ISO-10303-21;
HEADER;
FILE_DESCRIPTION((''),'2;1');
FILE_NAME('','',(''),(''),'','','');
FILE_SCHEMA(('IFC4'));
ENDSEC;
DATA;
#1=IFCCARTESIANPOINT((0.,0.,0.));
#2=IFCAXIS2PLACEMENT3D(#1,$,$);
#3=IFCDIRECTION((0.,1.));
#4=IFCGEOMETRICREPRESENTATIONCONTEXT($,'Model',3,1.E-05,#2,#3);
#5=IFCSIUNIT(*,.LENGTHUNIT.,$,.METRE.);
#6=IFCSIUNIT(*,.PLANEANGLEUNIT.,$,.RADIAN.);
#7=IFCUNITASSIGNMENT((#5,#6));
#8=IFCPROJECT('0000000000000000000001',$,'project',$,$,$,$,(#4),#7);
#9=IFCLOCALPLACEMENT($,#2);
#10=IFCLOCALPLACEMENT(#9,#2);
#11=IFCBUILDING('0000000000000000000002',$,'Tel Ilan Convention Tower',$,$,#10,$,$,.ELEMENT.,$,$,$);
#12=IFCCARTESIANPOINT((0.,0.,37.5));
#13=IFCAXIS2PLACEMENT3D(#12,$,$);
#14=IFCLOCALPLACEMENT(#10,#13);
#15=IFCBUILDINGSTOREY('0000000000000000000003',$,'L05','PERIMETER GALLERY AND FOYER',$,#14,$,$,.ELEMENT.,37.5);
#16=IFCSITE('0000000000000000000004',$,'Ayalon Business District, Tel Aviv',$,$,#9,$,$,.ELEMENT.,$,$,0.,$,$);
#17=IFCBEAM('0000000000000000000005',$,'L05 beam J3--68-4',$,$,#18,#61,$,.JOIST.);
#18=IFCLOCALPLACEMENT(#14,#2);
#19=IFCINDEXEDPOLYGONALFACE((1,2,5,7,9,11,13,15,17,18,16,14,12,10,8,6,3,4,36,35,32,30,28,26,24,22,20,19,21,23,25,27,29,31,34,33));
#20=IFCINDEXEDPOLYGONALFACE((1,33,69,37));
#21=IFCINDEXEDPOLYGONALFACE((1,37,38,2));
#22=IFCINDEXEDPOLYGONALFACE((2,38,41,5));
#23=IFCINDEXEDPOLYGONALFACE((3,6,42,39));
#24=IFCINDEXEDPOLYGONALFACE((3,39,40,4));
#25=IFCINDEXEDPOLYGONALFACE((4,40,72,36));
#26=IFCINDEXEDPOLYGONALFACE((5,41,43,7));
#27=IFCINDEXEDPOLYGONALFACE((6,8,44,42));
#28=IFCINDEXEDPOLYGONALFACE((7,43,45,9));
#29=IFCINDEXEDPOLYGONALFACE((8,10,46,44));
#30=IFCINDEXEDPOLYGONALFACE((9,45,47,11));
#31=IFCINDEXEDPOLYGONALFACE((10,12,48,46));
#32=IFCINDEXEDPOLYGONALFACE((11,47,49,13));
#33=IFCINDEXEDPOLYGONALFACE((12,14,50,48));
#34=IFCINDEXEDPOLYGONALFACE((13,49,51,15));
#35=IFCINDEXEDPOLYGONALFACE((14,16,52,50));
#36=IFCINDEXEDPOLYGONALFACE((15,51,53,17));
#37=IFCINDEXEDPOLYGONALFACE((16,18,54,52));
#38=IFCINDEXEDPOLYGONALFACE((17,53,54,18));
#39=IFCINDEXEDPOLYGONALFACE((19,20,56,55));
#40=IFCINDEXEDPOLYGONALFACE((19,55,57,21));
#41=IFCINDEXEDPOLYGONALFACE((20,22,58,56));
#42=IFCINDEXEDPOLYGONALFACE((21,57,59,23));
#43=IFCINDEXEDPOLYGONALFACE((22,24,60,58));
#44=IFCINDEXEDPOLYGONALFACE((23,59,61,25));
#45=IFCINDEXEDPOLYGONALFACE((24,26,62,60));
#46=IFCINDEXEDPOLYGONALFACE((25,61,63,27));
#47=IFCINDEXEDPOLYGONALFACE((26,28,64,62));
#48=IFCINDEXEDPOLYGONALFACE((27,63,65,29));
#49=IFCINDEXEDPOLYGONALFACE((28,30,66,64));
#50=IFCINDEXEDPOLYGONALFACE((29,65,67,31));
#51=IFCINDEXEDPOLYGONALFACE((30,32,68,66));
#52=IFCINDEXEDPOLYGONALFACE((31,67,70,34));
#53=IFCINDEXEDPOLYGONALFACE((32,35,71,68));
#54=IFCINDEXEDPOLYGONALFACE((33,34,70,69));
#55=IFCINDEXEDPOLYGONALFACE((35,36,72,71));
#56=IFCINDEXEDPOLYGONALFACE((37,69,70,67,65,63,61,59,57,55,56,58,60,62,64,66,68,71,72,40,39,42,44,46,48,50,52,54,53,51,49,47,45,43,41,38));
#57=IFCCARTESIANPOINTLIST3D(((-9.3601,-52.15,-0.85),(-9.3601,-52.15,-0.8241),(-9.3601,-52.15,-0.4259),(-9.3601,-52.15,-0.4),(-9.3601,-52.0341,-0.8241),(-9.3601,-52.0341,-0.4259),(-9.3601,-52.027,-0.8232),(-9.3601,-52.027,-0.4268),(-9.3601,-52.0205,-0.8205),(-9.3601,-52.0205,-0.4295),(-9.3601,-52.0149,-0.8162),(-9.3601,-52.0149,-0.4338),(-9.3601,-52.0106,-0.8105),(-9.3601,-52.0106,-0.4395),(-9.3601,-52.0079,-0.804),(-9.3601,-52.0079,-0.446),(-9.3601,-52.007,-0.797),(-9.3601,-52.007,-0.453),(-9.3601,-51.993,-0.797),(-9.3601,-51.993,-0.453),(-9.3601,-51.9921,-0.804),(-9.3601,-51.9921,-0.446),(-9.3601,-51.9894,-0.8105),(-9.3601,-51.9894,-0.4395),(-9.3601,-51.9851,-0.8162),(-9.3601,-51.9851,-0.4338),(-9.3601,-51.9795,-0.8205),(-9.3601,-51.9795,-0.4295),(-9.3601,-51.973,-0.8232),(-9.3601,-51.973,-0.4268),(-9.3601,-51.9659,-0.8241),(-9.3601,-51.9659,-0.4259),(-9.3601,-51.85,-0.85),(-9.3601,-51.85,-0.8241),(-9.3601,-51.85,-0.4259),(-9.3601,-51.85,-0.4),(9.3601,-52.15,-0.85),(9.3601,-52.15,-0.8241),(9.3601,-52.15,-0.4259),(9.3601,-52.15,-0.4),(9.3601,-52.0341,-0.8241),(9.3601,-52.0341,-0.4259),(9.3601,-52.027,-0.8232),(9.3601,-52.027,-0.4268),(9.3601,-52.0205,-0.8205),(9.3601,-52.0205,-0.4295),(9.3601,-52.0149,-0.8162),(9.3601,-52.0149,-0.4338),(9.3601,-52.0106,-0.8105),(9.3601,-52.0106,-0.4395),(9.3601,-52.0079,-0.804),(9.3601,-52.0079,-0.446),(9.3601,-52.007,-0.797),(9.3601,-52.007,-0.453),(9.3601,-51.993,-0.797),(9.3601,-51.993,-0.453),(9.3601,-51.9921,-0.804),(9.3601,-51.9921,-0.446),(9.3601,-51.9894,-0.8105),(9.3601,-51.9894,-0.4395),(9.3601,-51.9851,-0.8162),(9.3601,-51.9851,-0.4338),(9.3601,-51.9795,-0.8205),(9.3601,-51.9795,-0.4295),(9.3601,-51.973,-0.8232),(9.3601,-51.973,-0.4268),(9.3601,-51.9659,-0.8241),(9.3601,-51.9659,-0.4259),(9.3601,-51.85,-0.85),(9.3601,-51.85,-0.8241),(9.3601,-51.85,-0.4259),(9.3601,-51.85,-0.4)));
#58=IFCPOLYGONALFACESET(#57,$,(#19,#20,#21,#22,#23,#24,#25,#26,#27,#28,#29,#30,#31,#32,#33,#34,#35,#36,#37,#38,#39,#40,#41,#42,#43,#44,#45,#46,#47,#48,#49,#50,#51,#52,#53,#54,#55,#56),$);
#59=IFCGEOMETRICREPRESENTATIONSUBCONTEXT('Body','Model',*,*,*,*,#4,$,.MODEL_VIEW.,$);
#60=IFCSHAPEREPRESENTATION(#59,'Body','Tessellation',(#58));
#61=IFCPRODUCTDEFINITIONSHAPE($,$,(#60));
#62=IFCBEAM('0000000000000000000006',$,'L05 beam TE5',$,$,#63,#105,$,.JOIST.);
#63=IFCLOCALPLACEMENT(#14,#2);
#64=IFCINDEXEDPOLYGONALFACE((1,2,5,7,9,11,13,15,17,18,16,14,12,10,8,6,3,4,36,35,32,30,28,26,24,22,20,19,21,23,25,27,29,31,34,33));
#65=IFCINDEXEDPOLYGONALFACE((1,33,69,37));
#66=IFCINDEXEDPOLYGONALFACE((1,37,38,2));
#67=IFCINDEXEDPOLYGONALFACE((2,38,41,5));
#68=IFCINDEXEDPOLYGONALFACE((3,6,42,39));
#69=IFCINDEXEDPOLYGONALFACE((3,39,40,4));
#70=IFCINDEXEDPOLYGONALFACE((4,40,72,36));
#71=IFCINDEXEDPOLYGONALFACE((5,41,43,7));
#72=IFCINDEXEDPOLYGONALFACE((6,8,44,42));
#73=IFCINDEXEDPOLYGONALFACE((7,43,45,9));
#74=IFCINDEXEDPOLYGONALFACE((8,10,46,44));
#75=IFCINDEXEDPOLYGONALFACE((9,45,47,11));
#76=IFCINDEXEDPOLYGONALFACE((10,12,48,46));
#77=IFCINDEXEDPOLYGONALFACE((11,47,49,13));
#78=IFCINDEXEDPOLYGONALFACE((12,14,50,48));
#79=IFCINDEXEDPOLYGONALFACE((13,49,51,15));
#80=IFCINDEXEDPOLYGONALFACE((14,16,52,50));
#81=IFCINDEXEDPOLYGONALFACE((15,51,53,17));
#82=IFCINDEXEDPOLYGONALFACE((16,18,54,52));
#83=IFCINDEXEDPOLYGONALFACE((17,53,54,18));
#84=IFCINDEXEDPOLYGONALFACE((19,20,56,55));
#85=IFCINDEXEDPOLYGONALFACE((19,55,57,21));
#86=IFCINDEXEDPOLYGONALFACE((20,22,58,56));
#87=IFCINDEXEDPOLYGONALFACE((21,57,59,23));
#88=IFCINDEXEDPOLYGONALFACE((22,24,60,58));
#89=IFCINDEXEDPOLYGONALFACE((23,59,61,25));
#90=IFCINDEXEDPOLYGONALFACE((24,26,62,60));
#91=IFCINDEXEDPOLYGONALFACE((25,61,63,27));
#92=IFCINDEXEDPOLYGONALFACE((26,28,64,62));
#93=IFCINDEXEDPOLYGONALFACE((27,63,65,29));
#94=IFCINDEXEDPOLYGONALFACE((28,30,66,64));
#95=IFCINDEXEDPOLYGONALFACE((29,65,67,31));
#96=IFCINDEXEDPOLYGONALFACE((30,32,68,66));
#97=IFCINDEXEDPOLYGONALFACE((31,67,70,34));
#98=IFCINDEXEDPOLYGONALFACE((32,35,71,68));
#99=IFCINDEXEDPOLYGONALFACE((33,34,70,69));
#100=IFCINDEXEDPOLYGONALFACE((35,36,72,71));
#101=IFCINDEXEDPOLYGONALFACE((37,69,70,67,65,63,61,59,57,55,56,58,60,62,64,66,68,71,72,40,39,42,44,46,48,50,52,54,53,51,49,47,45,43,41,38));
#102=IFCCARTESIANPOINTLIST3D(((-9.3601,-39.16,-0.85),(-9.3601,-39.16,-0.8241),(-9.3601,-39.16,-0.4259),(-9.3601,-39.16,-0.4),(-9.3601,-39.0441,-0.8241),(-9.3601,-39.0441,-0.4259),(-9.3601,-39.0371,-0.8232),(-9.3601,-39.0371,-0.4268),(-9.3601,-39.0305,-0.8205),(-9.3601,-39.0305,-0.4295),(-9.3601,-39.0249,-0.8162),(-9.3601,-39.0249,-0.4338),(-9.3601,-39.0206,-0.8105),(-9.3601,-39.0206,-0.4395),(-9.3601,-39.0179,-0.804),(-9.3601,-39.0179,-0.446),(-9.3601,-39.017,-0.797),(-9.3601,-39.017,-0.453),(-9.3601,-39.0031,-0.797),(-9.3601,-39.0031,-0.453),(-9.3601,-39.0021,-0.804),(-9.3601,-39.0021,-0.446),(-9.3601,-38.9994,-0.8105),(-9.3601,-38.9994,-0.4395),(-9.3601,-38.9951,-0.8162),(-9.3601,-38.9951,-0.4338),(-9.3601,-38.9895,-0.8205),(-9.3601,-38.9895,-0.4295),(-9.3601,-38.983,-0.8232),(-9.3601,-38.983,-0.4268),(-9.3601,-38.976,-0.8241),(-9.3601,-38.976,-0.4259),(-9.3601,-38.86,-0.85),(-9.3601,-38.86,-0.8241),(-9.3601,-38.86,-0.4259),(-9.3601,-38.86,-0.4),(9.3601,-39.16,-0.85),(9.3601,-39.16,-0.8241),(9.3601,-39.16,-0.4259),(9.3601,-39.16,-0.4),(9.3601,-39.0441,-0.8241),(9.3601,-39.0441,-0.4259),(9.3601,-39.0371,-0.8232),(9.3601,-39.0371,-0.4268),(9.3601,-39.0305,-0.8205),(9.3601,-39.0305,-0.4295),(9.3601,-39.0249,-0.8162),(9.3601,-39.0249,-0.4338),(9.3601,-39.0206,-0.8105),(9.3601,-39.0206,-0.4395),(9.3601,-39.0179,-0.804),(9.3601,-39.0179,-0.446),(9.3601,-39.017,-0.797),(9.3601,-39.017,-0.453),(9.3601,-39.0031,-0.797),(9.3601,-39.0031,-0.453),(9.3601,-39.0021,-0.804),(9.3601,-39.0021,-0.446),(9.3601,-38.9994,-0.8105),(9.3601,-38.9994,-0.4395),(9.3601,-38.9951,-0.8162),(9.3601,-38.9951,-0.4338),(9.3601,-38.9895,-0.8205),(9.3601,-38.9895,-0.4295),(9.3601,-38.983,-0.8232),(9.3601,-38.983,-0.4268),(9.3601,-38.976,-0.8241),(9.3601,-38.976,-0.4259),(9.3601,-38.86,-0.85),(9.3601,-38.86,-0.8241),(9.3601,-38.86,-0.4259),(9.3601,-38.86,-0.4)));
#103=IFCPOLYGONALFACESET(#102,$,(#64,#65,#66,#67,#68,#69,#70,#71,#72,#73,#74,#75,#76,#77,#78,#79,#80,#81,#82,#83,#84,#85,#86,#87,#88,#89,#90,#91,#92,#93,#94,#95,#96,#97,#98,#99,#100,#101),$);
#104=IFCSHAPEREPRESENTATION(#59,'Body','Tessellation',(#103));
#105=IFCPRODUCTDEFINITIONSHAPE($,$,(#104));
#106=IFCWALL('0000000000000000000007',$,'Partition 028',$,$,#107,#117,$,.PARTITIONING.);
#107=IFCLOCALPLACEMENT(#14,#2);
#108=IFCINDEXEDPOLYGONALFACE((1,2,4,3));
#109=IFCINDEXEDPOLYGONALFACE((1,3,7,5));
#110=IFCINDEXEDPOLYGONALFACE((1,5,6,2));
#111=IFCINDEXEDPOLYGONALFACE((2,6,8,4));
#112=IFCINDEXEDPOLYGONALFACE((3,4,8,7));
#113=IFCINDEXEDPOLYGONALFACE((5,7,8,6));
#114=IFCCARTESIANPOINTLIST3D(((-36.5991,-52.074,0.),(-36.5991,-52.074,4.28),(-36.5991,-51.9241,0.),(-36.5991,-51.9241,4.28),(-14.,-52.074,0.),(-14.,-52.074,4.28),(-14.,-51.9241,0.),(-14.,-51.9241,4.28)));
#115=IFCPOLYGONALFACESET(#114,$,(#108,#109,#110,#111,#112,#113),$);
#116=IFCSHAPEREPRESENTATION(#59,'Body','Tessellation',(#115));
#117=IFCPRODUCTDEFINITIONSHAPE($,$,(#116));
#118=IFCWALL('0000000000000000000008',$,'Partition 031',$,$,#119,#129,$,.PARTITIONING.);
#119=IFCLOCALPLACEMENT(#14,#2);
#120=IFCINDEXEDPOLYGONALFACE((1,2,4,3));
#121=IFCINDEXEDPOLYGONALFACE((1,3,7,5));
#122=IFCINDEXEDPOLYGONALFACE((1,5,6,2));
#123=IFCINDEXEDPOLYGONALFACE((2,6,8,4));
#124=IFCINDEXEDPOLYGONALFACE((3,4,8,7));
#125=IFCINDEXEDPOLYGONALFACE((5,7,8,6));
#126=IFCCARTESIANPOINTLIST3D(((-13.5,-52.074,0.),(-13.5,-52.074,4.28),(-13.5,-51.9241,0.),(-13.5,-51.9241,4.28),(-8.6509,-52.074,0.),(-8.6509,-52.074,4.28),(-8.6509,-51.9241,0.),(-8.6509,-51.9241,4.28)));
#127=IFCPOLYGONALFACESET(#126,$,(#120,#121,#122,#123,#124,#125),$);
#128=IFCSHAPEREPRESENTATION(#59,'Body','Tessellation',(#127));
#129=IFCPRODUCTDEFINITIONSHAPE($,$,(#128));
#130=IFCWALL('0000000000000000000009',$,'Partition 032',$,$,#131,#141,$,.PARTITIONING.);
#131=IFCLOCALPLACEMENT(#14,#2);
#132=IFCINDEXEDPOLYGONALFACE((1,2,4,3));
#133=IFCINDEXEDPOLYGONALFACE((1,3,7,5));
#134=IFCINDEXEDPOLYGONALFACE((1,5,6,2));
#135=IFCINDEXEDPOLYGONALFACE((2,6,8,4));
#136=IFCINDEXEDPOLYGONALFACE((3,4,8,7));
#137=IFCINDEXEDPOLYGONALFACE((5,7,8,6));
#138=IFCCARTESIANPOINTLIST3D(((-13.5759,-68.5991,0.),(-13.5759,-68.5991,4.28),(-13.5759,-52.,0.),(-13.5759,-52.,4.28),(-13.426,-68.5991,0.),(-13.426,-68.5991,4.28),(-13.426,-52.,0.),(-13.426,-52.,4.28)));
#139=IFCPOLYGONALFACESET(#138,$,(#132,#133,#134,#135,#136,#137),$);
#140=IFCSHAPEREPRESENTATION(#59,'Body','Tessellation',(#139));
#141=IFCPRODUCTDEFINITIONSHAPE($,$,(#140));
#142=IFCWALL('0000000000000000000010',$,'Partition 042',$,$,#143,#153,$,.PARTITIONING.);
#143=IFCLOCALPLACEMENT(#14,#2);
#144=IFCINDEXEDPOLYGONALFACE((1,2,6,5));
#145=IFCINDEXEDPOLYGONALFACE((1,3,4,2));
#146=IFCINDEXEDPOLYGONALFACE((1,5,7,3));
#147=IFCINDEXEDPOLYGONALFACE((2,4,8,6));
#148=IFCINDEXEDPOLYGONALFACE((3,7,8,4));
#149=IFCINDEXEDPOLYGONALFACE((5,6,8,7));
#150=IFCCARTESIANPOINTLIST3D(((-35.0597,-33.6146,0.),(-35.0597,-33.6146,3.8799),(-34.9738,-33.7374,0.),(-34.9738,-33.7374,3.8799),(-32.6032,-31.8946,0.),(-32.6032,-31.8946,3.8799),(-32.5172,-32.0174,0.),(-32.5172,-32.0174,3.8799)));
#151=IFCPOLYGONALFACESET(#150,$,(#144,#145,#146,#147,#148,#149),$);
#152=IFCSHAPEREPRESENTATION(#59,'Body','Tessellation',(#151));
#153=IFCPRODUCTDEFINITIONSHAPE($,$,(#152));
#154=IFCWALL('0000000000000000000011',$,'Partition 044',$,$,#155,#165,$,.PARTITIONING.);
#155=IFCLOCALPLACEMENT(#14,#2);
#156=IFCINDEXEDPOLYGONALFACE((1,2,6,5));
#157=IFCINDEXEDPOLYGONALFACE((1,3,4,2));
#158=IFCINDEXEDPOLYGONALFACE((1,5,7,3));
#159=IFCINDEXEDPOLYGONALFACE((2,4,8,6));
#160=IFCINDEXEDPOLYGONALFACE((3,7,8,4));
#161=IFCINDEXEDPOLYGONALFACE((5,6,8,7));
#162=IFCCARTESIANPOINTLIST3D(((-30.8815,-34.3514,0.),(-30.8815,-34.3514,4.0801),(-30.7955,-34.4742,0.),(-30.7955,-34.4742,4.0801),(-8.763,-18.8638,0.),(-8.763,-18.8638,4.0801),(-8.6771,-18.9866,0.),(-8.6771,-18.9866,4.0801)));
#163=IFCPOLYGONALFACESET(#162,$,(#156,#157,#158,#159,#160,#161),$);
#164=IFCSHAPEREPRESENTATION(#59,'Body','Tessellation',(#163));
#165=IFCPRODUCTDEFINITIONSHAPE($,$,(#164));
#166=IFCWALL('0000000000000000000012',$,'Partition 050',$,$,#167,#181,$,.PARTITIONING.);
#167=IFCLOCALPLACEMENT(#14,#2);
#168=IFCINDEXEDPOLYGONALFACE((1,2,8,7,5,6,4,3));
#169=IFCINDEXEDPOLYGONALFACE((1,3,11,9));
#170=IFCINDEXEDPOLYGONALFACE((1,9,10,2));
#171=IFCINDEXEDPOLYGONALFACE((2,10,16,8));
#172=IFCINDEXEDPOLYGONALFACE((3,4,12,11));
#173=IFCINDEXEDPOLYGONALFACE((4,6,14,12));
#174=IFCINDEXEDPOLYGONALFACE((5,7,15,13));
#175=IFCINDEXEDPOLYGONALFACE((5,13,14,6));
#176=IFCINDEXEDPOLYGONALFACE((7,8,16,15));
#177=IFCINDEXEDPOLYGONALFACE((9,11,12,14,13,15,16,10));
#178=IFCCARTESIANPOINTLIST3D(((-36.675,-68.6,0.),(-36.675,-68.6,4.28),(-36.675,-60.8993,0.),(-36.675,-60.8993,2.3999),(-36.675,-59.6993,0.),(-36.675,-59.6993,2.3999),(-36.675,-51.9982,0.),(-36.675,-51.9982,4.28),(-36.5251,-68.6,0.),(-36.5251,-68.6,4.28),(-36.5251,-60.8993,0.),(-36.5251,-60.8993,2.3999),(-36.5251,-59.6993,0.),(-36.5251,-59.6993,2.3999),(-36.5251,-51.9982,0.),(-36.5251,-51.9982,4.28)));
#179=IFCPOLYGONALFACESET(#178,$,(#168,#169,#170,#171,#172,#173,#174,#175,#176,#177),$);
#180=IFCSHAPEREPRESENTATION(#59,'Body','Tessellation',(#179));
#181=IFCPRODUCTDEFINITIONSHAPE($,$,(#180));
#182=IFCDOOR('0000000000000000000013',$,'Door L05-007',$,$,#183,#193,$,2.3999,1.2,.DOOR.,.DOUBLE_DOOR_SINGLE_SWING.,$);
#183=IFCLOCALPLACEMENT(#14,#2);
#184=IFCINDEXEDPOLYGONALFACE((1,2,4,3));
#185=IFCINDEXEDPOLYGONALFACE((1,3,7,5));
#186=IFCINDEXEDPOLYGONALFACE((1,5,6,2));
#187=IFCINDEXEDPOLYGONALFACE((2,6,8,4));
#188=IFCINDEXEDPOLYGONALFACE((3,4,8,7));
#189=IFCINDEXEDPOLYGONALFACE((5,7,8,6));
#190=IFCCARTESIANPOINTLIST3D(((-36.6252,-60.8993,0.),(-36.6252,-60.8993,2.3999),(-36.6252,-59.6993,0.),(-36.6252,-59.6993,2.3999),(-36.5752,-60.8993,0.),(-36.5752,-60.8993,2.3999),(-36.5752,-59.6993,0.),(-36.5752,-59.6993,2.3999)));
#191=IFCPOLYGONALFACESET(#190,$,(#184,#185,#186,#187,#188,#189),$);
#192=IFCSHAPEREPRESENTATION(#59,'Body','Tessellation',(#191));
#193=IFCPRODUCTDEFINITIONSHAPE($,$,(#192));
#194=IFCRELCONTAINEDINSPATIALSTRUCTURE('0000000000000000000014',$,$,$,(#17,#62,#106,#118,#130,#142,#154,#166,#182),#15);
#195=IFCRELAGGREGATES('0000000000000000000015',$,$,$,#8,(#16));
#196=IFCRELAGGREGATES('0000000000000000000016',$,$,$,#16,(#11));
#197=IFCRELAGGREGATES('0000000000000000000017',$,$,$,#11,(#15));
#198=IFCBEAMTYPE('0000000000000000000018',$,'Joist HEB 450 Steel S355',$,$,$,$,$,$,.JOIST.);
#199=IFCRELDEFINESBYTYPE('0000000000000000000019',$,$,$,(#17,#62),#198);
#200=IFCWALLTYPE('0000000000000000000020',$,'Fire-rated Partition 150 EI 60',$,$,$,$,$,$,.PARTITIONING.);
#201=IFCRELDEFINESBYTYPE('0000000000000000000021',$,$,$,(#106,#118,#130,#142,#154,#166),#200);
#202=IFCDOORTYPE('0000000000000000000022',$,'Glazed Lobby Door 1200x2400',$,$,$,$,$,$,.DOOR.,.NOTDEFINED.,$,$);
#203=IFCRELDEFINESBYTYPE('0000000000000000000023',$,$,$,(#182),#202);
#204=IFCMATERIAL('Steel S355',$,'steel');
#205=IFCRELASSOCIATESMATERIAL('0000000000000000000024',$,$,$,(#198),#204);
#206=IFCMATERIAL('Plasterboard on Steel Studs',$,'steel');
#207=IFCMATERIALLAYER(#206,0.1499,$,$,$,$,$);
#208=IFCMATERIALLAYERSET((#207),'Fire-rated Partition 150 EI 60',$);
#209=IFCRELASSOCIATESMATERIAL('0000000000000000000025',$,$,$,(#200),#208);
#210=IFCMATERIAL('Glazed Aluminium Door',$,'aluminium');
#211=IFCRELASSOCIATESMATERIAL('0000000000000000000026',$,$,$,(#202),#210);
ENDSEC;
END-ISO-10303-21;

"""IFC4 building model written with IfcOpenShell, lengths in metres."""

from ifc_helpers import new_model, si_unit, direction, frame, frame_2d, origin, origin_2d, place, context, subcontext, project, spatial, rectangle, i_section, extrude, material, layer, layer_set, material_profile, profile_set, type_object, element, fill, save


model = new_model("IFC4")

# Units and contexts
model_context = context("Model", 3, precision=1e-05, world=origin(), true_north=direction((0.0, 1.0)))
body_context = subcontext(model_context, "Body", "Model", "MODEL_VIEW")
ifc_project = project(units=[si_unit("LENGTHUNIT", "METRE"), si_unit("PLANEANGLEUNIT", "RADIAN")], contexts=[model_context])

# Site, building, storey
site_placement = place(None, origin())
site = spatial("IfcSite", under=ifc_project, at=site_placement, Name="Ayalon Business District, Tel Aviv", CompositionType="ELEMENT", RefElevation=0.0)
building_placement = place(site_placement, origin())
building = spatial("IfcBuilding", under=site, at=building_placement, Name="Tel Ilan Convention Tower", CompositionType="ELEMENT")
storey_placement = place(building_placement, frame((0.0, 0.0, 37.5)))
storey = spatial("IfcBuildingStorey", under=building, at=storey_placement, Name="L05", Description="PERIMETER GALLERY AND FOYER", CompositionType="ELEMENT", Elevation=37.5)

# Beams
ifc_material_1 = material(Name="Steel S355", Category="steel")
ifc_material_profile_1 = material_profile(ifc_material_1, i_section(OverallWidth=0.3, OverallDepth=0.45, WebThickness=0.0139, FlangeThickness=0.0259, FilletRadius=0.0271, at=origin_2d()), Name="HEB 450")
ifc_profile_set_1 = profile_set([ifc_material_profile_1], Name="Steel S355")
beam_type_1 = type_object("IfcBeamType", Name="Joist HEB 450 Steel S355", PredefinedType="JOIST", material=ifc_profile_set_1)
for number, where, z_axis, x_axis, name in (
    (1, (-9.3601, -52.0, -0.625), (1.0, 0.0, 0.0), (0.0, 1.0, 0.0), "L05 beam J3--68-4"),
    (2, (-9.3601, -39.01, -0.625), (1.0, 0.0, 0.0), (0.0, 1.0, 0.0), "L05 beam TE5"),
):
    element("IfcBeam", number, at=place(storey_placement, frame(where, z_axis=z_axis, x_axis=x_axis)), inside=storey, type_object=beam_type_1, Name=name, PredefinedType="JOIST", context=body_context, shape_type="SweptSolid", body=[
        extrude(i_section(OverallWidth=0.3, OverallDepth=0.45, WebThickness=0.0139, FlangeThickness=0.0259, FilletRadius=0.0271, at=origin_2d()), origin(), (0.0, 0.0, 1.0), 18.7202),
    ])

# Walls
ifc_material_2 = material(Name="Plasterboard on Steel Studs", Category="steel")
ifc_layer_1 = layer(ifc_material_2, 0.1499)
ifc_layer_set_1 = layer_set([ifc_layer_1], Name="Fire-rated Partition 150 EI 60")
wall_type_1 = type_object("IfcWallType", Name="Fire-rated Partition 150 EI 60", PredefinedType="PARTITIONING", material=ifc_layer_set_1)
wall_1_placement = place(storey_placement, frame((-14.0, -51.999, 0.0), z_axis=(0.0, 0.0, 1.0), x_axis=(-1.0, 0.0, 0.0)))
element("IfcWall", 3, at=wall_1_placement, inside=storey, type_object=wall_type_1, Name="Partition 028", PredefinedType="PARTITIONING", context=body_context, shape_type="SweptSolid", body=[
    extrude(rectangle(XDim=22.5991, YDim=0.1499, at=frame_2d((11.2996, 0.0))), origin(), (0.0, 0.0, 1.0), 4.28),
])
wall_2_placement = place(storey_placement, frame((-8.6509, -51.999, 0.0), z_axis=(0.0, 0.0, 1.0), x_axis=(-1.0, 0.0, 0.0)))
element("IfcWall", 4, at=wall_2_placement, inside=storey, type_object=wall_type_1, Name="Partition 031", PredefinedType="PARTITIONING", context=body_context, shape_type="SweptSolid", body=[
    extrude(rectangle(XDim=4.8491, YDim=0.1499, at=frame_2d((2.4246, 0.0))), origin(), (0.0, 0.0, 1.0), 4.28),
])
wall_3_placement = place(storey_placement, frame((-13.501, -52.0, 0.0), z_axis=(0.0, 0.0, 1.0), x_axis=(0.0, -1.0, 0.0)))
element("IfcWall", 5, at=wall_3_placement, inside=storey, type_object=wall_type_1, Name="Partition 032", PredefinedType="PARTITIONING", context=body_context, shape_type="SweptSolid", body=[
    extrude(rectangle(XDim=16.5991, YDim=0.1499, at=frame_2d((8.2996, 0.0))), origin(), (0.0, 0.0, 1.0), 4.28),
])
wall_4_placement = place(storey_placement, frame((-35.0168, -33.676, 0.0), z_axis=(0.0, 0.0, 1.0), x_axis=(0.819171, 0.57355, 0.0)))
element("IfcWall", 6, at=wall_4_placement, inside=storey, type_object=wall_type_1, Name="Partition 042", PredefinedType="PARTITIONING", context=body_context, shape_type="SweptSolid", body=[
    extrude(rectangle(XDim=2.9988, YDim=0.1499, at=frame_2d((1.4995, 0.0))), origin(), (0.0, 0.0, 1.0), 3.8799),
])
wall_5_placement = place(storey_placement, frame((-30.8386, -34.4128, 0.0), z_axis=(0.0, 0.0, 1.0), x_axis=(0.819151, 0.573578, 0.0)))
element("IfcWall", 7, at=wall_5_placement, inside=storey, type_object=wall_type_1, Name="Partition 044", PredefinedType="PARTITIONING", context=body_context, shape_type="SweptSolid", body=[
    extrude(rectangle(XDim=27.0017, YDim=0.1499, at=frame_2d((13.501, 0.0))), origin(), (0.0, 0.0, 1.0), 4.0801),
])

# Wall, opening, door
wall_6_placement = place(storey_placement, frame((-36.6001, -51.9983, 0.0), z_axis=(0.0, 0.0, 1.0), x_axis=(0.0, -1.0, 0.0)))
wall_6 = element("IfcWall", 8, at=wall_6_placement, inside=storey, type_object=wall_type_1, Name="Partition 050", PredefinedType="PARTITIONING", context=body_context, shape_type="SweptSolid", body=[
    extrude(rectangle(XDim=16.6018, YDim=0.1499, at=frame_2d((8.3008, 0.0))), origin(), (0.0, 0.0, 1.0), 4.28),
])
opening_1_placement = place(wall_6_placement, frame((7.7009, 0.0, 0.0)))
opening_1 = element("IfcOpeningElement", 9, at=opening_1_placement, cuts=wall_6, PredefinedType="OPENING", context=body_context, shape_type="SweptSolid", body=[
    extrude(rectangle(XDim=1.2, YDim=2.3999, at=frame_2d((0.6001, 1.2))), frame((0.0, 0.085, 0.0), z_axis=(0.0, -1.0, 0.0), x_axis=(1.0, 0.0, 0.0)), (0.0, 0.0, 1.0), 0.1699),
])
ifc_material_3 = material(Name="Glazed Aluminium Door", Category="aluminium")
door_type_1 = type_object("IfcDoorType", Name="Glazed Lobby Door 1200x2400", OperationType="NOTDEFINED", PredefinedType="DOOR", material=ifc_material_3)
door_1_placement = place(opening_1_placement, origin())
door_1 = element("IfcDoor", 10, at=door_1_placement, inside=storey, type_object=door_type_1, Name="Door L05-007", OperationType="DOUBLE_DOOR_SINGLE_SWING", OverallHeight=2.3999, OverallWidth=1.2, PredefinedType="DOOR", context=body_context, shape_type="SweptSolid", body=[
    extrude(rectangle(XDim=1.2, YDim=2.3999, at=frame_2d((0.6001, 1.2))), frame((0.0, 0.0249, 0.0), z_axis=(0.0, -1.0, 0.0), x_axis=(1.0, 0.0, 0.0)), (0.0, 0.0, 1.0), 0.05),
])
fill(opening_1, door_1)

save(model, "model.ifc")
